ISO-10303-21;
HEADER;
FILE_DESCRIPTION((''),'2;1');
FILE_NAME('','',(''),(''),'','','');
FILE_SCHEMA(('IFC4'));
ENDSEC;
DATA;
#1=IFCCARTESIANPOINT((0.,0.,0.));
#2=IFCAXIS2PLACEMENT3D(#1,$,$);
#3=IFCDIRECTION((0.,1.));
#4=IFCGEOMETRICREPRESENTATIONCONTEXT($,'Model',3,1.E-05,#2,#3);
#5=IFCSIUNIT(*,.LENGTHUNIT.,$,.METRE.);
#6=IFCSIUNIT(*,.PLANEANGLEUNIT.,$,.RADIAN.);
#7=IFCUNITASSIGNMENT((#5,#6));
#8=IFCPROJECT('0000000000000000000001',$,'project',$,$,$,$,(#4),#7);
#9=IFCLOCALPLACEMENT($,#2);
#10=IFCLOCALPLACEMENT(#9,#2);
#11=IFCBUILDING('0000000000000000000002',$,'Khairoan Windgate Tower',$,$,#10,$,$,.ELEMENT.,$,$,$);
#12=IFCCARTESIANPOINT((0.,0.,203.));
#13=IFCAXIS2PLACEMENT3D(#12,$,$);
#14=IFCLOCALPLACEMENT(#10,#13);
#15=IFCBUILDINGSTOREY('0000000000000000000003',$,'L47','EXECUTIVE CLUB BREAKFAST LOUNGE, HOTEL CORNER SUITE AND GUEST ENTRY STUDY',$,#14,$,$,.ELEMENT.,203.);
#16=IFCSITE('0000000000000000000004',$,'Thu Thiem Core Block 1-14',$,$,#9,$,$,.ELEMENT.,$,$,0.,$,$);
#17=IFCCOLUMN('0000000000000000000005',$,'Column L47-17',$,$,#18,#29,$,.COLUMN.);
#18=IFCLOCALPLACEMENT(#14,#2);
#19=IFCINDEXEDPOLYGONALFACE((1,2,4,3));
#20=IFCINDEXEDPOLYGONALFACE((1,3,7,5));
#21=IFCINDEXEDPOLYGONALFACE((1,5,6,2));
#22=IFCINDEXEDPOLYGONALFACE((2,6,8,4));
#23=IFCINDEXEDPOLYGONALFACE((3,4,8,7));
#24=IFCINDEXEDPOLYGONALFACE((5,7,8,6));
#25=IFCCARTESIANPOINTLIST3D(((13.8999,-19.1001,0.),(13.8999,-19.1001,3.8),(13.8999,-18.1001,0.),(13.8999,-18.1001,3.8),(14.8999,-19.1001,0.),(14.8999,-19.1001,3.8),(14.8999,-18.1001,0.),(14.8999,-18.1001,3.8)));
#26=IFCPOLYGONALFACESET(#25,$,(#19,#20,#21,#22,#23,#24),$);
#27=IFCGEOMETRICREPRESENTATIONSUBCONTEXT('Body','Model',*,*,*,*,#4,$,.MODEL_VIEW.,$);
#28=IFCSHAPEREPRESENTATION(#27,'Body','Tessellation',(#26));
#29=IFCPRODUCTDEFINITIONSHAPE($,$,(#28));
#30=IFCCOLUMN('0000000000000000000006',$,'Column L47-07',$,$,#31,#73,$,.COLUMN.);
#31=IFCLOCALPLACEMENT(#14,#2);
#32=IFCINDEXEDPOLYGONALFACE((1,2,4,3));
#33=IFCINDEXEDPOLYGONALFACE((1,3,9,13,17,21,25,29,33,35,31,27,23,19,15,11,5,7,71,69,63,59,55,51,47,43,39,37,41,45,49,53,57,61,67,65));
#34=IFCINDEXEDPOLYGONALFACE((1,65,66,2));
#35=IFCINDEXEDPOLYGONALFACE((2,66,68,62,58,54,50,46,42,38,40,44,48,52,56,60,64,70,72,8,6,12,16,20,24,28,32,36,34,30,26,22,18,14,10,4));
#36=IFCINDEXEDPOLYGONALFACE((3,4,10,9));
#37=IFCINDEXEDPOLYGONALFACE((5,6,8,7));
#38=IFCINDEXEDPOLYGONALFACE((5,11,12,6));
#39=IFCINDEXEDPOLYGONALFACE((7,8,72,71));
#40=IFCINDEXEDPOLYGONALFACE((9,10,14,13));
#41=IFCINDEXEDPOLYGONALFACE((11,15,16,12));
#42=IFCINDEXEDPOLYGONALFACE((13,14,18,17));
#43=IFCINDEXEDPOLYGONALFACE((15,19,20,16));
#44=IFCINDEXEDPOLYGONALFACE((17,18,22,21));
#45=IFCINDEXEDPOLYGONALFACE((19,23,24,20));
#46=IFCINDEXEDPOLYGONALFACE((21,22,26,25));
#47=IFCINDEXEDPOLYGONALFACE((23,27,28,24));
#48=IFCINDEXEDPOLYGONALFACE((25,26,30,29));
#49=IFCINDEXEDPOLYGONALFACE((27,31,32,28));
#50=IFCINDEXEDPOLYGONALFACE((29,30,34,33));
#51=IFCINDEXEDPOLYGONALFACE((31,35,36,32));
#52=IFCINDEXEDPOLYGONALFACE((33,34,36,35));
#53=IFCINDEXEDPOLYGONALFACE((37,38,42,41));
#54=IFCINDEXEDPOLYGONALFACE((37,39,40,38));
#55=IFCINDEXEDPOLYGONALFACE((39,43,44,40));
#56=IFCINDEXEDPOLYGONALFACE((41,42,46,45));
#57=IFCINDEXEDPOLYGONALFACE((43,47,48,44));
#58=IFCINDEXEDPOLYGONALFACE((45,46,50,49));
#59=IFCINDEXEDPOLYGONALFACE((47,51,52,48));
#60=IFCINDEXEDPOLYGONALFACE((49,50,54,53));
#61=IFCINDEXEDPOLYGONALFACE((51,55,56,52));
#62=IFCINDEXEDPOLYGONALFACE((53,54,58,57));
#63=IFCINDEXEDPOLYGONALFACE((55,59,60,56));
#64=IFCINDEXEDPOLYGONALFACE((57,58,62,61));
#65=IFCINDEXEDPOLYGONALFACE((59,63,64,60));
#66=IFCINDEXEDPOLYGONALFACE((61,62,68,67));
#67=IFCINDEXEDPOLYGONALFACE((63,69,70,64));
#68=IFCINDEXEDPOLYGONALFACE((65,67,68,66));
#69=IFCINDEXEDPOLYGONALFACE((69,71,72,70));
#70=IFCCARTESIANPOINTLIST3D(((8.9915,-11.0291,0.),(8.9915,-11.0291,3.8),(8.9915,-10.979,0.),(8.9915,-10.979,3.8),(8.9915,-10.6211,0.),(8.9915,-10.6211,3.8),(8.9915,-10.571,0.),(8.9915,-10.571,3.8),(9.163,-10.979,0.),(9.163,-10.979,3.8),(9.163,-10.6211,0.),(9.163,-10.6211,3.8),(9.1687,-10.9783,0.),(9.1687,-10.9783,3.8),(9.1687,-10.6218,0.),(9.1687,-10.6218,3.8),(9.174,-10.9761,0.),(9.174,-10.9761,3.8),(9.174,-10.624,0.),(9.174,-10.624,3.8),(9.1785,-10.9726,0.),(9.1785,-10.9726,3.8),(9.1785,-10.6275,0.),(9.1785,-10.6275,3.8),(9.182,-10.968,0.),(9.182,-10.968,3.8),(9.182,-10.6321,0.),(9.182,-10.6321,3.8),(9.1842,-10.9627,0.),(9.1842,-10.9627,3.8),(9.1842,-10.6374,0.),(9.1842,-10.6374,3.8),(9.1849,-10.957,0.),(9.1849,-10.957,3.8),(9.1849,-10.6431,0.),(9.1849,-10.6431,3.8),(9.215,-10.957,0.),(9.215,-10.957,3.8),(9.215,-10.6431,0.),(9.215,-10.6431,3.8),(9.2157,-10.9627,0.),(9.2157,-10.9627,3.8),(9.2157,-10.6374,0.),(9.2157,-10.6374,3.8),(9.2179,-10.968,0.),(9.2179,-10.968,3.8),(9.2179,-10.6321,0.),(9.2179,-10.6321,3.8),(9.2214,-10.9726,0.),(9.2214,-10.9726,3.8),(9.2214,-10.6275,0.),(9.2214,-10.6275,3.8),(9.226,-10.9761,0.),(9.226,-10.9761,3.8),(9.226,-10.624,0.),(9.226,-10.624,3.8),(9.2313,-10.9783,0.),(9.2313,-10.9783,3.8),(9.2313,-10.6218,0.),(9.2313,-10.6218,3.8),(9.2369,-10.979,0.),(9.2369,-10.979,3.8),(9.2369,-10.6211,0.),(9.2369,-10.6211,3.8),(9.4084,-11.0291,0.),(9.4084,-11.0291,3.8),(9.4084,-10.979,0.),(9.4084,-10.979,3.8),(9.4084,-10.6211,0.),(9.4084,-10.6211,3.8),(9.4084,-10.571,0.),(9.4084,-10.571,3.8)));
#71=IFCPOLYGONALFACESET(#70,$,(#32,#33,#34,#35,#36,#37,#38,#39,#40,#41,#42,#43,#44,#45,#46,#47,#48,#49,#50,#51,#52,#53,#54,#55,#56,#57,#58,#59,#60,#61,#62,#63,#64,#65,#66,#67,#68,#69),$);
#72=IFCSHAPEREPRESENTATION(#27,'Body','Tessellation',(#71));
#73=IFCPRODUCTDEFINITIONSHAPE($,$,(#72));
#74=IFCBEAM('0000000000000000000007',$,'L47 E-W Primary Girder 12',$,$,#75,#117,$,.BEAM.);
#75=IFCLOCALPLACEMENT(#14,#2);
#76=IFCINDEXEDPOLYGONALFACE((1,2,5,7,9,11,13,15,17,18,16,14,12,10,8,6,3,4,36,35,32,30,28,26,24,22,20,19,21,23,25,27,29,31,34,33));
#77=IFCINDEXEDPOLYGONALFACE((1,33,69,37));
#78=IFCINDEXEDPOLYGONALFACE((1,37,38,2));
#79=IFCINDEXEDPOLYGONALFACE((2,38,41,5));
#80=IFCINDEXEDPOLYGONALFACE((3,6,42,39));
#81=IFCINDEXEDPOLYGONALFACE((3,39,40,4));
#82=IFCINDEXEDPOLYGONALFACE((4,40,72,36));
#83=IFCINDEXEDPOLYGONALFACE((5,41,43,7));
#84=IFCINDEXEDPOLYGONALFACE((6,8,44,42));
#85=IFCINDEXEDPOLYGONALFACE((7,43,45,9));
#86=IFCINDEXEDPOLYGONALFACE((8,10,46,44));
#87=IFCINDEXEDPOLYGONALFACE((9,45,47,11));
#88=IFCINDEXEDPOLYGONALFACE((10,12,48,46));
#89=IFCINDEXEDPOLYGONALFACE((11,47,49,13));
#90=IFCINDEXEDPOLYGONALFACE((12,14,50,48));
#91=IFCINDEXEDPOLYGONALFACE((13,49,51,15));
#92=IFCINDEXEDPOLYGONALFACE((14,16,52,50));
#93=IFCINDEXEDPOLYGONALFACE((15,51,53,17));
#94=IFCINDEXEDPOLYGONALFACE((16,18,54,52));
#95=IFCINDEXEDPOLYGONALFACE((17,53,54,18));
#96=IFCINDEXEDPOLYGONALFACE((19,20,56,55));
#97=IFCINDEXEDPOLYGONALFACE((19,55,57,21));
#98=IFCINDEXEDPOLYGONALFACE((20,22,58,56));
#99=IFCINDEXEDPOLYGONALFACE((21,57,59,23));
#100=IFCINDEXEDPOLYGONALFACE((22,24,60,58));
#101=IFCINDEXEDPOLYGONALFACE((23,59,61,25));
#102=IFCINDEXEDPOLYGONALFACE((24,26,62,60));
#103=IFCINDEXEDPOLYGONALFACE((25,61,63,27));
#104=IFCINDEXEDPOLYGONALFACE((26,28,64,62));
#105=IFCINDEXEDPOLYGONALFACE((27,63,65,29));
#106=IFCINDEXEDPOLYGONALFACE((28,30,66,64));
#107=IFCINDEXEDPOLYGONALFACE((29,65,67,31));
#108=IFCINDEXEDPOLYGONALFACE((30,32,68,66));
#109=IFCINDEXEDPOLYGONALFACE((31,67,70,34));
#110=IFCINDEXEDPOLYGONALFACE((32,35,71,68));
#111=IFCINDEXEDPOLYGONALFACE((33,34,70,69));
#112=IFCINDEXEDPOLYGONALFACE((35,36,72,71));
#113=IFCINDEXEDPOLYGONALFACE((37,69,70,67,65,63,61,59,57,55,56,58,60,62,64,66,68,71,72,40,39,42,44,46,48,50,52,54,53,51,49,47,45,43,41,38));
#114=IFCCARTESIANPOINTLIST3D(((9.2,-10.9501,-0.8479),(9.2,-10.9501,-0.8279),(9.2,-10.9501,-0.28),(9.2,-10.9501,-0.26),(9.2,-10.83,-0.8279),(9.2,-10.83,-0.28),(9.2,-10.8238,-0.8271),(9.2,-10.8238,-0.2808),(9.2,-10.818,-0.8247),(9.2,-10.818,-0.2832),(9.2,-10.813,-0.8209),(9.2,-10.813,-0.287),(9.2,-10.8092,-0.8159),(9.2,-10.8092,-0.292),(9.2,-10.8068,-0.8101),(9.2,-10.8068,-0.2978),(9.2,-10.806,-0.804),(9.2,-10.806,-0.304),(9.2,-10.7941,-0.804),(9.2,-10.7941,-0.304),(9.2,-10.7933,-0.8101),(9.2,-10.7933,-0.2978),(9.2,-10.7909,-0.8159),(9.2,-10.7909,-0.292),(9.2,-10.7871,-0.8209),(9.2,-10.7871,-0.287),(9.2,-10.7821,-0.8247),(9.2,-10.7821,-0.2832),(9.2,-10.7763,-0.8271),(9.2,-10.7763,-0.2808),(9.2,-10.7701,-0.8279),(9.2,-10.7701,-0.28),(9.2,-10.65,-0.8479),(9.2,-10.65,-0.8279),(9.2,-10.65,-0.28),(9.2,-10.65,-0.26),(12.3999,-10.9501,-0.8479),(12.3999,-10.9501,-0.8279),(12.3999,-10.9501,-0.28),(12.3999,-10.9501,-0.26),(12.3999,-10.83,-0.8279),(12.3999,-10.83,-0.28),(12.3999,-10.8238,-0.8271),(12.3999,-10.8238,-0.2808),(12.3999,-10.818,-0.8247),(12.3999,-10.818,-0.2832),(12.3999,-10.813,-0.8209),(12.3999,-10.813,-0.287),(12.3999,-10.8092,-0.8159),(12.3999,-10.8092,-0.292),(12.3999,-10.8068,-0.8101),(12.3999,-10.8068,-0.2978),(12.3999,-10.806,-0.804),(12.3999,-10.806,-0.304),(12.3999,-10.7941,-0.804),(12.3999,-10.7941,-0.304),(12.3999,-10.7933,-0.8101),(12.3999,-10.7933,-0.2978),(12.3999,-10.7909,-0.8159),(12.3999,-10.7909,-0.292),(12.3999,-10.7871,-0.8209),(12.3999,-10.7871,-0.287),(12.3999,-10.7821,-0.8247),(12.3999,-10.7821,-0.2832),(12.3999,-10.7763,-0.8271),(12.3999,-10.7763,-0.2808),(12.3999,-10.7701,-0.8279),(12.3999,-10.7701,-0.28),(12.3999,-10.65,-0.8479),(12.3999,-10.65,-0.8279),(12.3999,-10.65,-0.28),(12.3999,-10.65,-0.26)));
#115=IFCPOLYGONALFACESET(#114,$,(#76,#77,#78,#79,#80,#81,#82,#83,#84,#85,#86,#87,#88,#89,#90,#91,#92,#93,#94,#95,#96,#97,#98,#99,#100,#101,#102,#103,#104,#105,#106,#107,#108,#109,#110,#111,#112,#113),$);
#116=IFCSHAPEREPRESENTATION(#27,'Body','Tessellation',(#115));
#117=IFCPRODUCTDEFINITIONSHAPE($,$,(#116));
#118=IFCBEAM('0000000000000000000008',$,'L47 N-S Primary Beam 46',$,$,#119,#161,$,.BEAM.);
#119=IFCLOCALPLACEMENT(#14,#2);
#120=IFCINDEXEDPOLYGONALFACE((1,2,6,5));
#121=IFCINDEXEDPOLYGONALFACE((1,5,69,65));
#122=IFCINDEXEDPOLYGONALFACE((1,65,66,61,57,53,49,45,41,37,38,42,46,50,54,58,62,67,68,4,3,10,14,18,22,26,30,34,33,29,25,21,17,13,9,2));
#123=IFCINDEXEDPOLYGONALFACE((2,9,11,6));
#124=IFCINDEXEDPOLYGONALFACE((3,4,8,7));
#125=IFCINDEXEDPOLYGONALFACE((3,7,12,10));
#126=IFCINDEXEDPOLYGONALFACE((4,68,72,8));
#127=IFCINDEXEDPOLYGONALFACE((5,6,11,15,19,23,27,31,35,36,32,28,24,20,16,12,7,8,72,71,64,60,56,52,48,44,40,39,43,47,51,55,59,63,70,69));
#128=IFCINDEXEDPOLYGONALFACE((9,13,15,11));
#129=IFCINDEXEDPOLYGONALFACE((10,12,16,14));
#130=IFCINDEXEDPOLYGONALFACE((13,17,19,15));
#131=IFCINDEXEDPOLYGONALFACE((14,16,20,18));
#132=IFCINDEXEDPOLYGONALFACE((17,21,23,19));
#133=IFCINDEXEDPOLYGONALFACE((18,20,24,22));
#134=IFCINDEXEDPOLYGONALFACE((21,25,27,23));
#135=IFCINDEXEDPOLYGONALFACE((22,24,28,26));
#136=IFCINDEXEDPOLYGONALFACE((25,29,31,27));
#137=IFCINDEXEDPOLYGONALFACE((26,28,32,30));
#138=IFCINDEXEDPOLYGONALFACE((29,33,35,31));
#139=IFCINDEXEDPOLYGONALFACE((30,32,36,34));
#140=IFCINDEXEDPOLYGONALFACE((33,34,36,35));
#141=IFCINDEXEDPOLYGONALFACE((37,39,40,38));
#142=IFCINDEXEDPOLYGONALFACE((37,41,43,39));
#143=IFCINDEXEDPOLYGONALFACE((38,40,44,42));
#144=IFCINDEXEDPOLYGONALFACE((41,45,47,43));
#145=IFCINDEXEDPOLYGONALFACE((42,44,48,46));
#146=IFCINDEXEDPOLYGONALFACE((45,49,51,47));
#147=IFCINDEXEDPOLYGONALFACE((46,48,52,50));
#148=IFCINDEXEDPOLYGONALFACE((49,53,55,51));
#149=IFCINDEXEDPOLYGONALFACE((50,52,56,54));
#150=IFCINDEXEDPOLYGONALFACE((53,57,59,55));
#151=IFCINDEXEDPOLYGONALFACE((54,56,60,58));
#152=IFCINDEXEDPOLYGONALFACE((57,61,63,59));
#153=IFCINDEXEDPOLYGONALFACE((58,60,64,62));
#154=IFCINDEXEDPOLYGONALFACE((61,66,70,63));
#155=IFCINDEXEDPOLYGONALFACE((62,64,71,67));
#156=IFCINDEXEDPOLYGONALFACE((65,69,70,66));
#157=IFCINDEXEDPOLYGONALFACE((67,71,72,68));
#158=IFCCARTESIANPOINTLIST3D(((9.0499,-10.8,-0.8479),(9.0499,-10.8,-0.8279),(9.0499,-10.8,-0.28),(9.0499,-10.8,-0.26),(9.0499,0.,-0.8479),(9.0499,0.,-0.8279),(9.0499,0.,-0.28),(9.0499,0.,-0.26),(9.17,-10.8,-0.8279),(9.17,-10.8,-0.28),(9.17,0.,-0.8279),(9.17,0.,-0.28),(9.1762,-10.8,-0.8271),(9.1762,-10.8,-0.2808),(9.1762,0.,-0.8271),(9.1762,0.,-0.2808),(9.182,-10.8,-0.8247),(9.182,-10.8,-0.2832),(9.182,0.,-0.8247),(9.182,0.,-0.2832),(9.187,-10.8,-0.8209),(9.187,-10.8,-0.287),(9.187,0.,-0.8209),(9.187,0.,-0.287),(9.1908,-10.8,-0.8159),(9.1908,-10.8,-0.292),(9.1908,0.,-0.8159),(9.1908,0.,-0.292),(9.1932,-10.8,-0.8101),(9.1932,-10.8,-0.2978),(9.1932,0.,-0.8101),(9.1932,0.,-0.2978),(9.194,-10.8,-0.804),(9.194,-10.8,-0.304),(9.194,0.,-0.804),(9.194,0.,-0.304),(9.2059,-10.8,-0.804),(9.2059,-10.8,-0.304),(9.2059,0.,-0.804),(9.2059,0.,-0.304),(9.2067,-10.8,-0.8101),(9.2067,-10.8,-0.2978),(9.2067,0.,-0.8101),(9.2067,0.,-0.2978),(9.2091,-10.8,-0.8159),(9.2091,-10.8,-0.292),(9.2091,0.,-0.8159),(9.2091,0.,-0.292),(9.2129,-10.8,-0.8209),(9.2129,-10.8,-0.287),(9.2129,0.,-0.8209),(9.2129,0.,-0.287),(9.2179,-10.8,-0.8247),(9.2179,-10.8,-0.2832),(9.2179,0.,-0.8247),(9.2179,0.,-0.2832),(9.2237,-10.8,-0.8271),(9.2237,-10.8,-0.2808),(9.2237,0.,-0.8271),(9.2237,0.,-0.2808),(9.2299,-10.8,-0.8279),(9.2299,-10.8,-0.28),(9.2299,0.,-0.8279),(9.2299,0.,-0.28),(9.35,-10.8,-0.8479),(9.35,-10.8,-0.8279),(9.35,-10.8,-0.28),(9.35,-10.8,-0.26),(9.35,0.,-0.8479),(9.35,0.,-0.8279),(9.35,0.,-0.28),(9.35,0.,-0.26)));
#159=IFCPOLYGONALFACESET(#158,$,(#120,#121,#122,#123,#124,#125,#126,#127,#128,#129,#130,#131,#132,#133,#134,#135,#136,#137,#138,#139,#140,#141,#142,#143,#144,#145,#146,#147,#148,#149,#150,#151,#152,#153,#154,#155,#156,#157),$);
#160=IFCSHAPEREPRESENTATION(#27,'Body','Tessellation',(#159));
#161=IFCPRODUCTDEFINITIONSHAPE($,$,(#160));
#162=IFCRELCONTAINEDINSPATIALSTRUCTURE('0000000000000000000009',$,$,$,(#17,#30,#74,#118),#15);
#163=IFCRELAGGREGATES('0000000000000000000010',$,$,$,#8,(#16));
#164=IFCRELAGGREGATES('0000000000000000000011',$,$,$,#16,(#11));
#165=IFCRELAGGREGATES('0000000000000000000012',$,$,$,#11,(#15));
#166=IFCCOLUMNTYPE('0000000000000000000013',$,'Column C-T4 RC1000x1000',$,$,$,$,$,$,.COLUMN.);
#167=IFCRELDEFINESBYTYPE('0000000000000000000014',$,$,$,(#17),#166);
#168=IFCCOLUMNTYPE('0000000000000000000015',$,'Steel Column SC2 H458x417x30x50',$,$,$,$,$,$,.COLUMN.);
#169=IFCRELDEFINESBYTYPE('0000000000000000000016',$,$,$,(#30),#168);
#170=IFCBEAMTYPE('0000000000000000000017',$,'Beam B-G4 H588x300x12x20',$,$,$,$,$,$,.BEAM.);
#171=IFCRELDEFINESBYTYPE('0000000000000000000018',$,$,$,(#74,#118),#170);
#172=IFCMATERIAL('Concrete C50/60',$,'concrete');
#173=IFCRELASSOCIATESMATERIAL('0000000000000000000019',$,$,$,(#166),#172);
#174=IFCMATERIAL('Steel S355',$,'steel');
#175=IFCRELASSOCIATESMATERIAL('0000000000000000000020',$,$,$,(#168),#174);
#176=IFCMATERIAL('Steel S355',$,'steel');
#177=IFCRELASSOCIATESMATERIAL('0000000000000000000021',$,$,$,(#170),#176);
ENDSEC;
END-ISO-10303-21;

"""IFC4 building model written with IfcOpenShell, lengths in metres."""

from ifc_helpers import new_model, si_unit, direction, frame, origin, origin_2d, place, context, subcontext, project, spatial, rectangle, i_section, extrude, material, material_profile, profile_set, type_object, element, save


model = new_model("IFC4")

# Units and contexts
model_context = context("Model", 3, precision=1e-05, world=origin(), true_north=direction((0.0, 1.0)))
body_context = subcontext(model_context, "Body", "Model", "MODEL_VIEW")
ifc_project = project(units=[si_unit("LENGTHUNIT", "METRE"), si_unit("PLANEANGLEUNIT", "RADIAN")], contexts=[model_context])

# Site, building, storey
site_placement = place(None, origin())
site = spatial("IfcSite", under=ifc_project, at=site_placement, Name="Thu Thiem Core Block 1-14", CompositionType="ELEMENT", RefElevation=0.0)
building_placement = place(site_placement, origin())
building = spatial("IfcBuilding", under=site, at=building_placement, Name="Khairoan Windgate Tower", CompositionType="ELEMENT")
storey_placement = place(building_placement, frame((0.0, 0.0, 203.0)))
storey = spatial("IfcBuildingStorey", under=building, at=storey_placement, Name="L47", Description="EXECUTIVE CLUB BREAKFAST LOUNGE, HOTEL CORNER SUITE AND GUEST ENTRY STUDY", CompositionType="ELEMENT", Elevation=203.0)

# Columns
ifc_material_1 = material(Name="Concrete C50/60", Category="concrete")
ifc_material_profile_1 = material_profile(ifc_material_1, rectangle(XDim=1.0, YDim=1.0, at=origin_2d()))
ifc_profile_set_1 = profile_set([ifc_material_profile_1], Name="Concrete C50/60")
column_type_1 = type_object("IfcColumnType", Name="Column C-T4 RC1000x1000", PredefinedType="COLUMN", material=ifc_profile_set_1)
column_1_placement = place(storey_placement, frame((14.3999, -18.6001, 0.0), z_axis=(0.0, 0.0, 1.0), x_axis=(1.0, 0.0, 0.0)))
element("IfcColumn", 1, at=column_1_placement, inside=storey, type_object=column_type_1, Name="Column L47-17", PredefinedType="COLUMN", context=body_context, shape_type="SweptSolid", body=[
    extrude(rectangle(XDim=1.0, YDim=1.0, at=origin_2d()), origin(), (0.0, 0.0, 1.0), 3.8),
])
ifc_material_2 = material(Name="Steel S355", Category="steel")
ifc_material_profile_2 = material_profile(ifc_material_2, i_section(OverallWidth=0.417, OverallDepth=0.458, WebThickness=0.03, FlangeThickness=0.05, FilletRadius=0.022, at=origin_2d()))
ifc_profile_set_2 = profile_set([ifc_material_profile_2], Name="Steel S355")
column_type_2 = type_object("IfcColumnType", Name="Steel Column SC2 H458x417x30x50", PredefinedType="COLUMN", material=ifc_profile_set_2)
column_2_placement = place(storey_placement, frame((9.2, -10.8, 0.0), z_axis=(0.0, 0.0, 1.0), x_axis=(1.0, 0.0, 0.0)))
element("IfcColumn", 2, at=column_2_placement, inside=storey, type_object=column_type_2, Name="Column L47-07", PredefinedType="COLUMN", context=body_context, shape_type="SweptSolid", body=[
    extrude(i_section(OverallWidth=0.417, OverallDepth=0.458, WebThickness=0.03, FlangeThickness=0.05, FilletRadius=0.022, at=origin_2d()), origin(), (0.0, 0.0, 1.0), 3.8),
])

# Beams
ifc_material_3 = material(Name="Steel S355", Category="steel")
ifc_material_profile_3 = material_profile(ifc_material_3, i_section(OverallWidth=0.3, OverallDepth=0.5879, WebThickness=0.012, FlangeThickness=0.02, FilletRadius=0.0239, at=origin_2d()))
ifc_profile_set_3 = profile_set([ifc_material_profile_3], Name="Steel S355")
beam_type_1 = type_object("IfcBeamType", Name="Beam B-G4 H588x300x12x20", PredefinedType="BEAM", material=ifc_profile_set_3)
beam_1_placement = place(storey_placement, frame((9.2, -10.8, -0.554), z_axis=(1.0, 0.0, 0.0), x_axis=(0.0, 1.0, 0.0)))
element("IfcBeam", 3, at=beam_1_placement, inside=storey, type_object=beam_type_1, Name="L47 E-W Primary Girder 12", PredefinedType="BEAM", context=body_context, shape_type="SweptSolid", body=[
    extrude(i_section(OverallWidth=0.3, OverallDepth=0.5879, WebThickness=0.012, FlangeThickness=0.02, FilletRadius=0.0239, at=origin_2d()), origin(), (0.0, 0.0, 1.0), 3.2),
])
beam_2_placement = place(storey_placement, frame((9.2, -10.8, -0.554), z_axis=(0.0, 1.0, 0.0), x_axis=(-1.0, 0.0, 0.0)))
element("IfcBeam", 4, at=beam_2_placement, inside=storey, type_object=beam_type_1, Name="L47 N-S Primary Beam 46", PredefinedType="BEAM", context=body_context, shape_type="SweptSolid", body=[
    extrude(i_section(OverallWidth=0.3, OverallDepth=0.5879, WebThickness=0.012, FlangeThickness=0.02, FilletRadius=0.0239, at=origin_2d()), origin(), (0.0, 0.0, 1.0), 10.8),
])

save(model, "model.ifc")
